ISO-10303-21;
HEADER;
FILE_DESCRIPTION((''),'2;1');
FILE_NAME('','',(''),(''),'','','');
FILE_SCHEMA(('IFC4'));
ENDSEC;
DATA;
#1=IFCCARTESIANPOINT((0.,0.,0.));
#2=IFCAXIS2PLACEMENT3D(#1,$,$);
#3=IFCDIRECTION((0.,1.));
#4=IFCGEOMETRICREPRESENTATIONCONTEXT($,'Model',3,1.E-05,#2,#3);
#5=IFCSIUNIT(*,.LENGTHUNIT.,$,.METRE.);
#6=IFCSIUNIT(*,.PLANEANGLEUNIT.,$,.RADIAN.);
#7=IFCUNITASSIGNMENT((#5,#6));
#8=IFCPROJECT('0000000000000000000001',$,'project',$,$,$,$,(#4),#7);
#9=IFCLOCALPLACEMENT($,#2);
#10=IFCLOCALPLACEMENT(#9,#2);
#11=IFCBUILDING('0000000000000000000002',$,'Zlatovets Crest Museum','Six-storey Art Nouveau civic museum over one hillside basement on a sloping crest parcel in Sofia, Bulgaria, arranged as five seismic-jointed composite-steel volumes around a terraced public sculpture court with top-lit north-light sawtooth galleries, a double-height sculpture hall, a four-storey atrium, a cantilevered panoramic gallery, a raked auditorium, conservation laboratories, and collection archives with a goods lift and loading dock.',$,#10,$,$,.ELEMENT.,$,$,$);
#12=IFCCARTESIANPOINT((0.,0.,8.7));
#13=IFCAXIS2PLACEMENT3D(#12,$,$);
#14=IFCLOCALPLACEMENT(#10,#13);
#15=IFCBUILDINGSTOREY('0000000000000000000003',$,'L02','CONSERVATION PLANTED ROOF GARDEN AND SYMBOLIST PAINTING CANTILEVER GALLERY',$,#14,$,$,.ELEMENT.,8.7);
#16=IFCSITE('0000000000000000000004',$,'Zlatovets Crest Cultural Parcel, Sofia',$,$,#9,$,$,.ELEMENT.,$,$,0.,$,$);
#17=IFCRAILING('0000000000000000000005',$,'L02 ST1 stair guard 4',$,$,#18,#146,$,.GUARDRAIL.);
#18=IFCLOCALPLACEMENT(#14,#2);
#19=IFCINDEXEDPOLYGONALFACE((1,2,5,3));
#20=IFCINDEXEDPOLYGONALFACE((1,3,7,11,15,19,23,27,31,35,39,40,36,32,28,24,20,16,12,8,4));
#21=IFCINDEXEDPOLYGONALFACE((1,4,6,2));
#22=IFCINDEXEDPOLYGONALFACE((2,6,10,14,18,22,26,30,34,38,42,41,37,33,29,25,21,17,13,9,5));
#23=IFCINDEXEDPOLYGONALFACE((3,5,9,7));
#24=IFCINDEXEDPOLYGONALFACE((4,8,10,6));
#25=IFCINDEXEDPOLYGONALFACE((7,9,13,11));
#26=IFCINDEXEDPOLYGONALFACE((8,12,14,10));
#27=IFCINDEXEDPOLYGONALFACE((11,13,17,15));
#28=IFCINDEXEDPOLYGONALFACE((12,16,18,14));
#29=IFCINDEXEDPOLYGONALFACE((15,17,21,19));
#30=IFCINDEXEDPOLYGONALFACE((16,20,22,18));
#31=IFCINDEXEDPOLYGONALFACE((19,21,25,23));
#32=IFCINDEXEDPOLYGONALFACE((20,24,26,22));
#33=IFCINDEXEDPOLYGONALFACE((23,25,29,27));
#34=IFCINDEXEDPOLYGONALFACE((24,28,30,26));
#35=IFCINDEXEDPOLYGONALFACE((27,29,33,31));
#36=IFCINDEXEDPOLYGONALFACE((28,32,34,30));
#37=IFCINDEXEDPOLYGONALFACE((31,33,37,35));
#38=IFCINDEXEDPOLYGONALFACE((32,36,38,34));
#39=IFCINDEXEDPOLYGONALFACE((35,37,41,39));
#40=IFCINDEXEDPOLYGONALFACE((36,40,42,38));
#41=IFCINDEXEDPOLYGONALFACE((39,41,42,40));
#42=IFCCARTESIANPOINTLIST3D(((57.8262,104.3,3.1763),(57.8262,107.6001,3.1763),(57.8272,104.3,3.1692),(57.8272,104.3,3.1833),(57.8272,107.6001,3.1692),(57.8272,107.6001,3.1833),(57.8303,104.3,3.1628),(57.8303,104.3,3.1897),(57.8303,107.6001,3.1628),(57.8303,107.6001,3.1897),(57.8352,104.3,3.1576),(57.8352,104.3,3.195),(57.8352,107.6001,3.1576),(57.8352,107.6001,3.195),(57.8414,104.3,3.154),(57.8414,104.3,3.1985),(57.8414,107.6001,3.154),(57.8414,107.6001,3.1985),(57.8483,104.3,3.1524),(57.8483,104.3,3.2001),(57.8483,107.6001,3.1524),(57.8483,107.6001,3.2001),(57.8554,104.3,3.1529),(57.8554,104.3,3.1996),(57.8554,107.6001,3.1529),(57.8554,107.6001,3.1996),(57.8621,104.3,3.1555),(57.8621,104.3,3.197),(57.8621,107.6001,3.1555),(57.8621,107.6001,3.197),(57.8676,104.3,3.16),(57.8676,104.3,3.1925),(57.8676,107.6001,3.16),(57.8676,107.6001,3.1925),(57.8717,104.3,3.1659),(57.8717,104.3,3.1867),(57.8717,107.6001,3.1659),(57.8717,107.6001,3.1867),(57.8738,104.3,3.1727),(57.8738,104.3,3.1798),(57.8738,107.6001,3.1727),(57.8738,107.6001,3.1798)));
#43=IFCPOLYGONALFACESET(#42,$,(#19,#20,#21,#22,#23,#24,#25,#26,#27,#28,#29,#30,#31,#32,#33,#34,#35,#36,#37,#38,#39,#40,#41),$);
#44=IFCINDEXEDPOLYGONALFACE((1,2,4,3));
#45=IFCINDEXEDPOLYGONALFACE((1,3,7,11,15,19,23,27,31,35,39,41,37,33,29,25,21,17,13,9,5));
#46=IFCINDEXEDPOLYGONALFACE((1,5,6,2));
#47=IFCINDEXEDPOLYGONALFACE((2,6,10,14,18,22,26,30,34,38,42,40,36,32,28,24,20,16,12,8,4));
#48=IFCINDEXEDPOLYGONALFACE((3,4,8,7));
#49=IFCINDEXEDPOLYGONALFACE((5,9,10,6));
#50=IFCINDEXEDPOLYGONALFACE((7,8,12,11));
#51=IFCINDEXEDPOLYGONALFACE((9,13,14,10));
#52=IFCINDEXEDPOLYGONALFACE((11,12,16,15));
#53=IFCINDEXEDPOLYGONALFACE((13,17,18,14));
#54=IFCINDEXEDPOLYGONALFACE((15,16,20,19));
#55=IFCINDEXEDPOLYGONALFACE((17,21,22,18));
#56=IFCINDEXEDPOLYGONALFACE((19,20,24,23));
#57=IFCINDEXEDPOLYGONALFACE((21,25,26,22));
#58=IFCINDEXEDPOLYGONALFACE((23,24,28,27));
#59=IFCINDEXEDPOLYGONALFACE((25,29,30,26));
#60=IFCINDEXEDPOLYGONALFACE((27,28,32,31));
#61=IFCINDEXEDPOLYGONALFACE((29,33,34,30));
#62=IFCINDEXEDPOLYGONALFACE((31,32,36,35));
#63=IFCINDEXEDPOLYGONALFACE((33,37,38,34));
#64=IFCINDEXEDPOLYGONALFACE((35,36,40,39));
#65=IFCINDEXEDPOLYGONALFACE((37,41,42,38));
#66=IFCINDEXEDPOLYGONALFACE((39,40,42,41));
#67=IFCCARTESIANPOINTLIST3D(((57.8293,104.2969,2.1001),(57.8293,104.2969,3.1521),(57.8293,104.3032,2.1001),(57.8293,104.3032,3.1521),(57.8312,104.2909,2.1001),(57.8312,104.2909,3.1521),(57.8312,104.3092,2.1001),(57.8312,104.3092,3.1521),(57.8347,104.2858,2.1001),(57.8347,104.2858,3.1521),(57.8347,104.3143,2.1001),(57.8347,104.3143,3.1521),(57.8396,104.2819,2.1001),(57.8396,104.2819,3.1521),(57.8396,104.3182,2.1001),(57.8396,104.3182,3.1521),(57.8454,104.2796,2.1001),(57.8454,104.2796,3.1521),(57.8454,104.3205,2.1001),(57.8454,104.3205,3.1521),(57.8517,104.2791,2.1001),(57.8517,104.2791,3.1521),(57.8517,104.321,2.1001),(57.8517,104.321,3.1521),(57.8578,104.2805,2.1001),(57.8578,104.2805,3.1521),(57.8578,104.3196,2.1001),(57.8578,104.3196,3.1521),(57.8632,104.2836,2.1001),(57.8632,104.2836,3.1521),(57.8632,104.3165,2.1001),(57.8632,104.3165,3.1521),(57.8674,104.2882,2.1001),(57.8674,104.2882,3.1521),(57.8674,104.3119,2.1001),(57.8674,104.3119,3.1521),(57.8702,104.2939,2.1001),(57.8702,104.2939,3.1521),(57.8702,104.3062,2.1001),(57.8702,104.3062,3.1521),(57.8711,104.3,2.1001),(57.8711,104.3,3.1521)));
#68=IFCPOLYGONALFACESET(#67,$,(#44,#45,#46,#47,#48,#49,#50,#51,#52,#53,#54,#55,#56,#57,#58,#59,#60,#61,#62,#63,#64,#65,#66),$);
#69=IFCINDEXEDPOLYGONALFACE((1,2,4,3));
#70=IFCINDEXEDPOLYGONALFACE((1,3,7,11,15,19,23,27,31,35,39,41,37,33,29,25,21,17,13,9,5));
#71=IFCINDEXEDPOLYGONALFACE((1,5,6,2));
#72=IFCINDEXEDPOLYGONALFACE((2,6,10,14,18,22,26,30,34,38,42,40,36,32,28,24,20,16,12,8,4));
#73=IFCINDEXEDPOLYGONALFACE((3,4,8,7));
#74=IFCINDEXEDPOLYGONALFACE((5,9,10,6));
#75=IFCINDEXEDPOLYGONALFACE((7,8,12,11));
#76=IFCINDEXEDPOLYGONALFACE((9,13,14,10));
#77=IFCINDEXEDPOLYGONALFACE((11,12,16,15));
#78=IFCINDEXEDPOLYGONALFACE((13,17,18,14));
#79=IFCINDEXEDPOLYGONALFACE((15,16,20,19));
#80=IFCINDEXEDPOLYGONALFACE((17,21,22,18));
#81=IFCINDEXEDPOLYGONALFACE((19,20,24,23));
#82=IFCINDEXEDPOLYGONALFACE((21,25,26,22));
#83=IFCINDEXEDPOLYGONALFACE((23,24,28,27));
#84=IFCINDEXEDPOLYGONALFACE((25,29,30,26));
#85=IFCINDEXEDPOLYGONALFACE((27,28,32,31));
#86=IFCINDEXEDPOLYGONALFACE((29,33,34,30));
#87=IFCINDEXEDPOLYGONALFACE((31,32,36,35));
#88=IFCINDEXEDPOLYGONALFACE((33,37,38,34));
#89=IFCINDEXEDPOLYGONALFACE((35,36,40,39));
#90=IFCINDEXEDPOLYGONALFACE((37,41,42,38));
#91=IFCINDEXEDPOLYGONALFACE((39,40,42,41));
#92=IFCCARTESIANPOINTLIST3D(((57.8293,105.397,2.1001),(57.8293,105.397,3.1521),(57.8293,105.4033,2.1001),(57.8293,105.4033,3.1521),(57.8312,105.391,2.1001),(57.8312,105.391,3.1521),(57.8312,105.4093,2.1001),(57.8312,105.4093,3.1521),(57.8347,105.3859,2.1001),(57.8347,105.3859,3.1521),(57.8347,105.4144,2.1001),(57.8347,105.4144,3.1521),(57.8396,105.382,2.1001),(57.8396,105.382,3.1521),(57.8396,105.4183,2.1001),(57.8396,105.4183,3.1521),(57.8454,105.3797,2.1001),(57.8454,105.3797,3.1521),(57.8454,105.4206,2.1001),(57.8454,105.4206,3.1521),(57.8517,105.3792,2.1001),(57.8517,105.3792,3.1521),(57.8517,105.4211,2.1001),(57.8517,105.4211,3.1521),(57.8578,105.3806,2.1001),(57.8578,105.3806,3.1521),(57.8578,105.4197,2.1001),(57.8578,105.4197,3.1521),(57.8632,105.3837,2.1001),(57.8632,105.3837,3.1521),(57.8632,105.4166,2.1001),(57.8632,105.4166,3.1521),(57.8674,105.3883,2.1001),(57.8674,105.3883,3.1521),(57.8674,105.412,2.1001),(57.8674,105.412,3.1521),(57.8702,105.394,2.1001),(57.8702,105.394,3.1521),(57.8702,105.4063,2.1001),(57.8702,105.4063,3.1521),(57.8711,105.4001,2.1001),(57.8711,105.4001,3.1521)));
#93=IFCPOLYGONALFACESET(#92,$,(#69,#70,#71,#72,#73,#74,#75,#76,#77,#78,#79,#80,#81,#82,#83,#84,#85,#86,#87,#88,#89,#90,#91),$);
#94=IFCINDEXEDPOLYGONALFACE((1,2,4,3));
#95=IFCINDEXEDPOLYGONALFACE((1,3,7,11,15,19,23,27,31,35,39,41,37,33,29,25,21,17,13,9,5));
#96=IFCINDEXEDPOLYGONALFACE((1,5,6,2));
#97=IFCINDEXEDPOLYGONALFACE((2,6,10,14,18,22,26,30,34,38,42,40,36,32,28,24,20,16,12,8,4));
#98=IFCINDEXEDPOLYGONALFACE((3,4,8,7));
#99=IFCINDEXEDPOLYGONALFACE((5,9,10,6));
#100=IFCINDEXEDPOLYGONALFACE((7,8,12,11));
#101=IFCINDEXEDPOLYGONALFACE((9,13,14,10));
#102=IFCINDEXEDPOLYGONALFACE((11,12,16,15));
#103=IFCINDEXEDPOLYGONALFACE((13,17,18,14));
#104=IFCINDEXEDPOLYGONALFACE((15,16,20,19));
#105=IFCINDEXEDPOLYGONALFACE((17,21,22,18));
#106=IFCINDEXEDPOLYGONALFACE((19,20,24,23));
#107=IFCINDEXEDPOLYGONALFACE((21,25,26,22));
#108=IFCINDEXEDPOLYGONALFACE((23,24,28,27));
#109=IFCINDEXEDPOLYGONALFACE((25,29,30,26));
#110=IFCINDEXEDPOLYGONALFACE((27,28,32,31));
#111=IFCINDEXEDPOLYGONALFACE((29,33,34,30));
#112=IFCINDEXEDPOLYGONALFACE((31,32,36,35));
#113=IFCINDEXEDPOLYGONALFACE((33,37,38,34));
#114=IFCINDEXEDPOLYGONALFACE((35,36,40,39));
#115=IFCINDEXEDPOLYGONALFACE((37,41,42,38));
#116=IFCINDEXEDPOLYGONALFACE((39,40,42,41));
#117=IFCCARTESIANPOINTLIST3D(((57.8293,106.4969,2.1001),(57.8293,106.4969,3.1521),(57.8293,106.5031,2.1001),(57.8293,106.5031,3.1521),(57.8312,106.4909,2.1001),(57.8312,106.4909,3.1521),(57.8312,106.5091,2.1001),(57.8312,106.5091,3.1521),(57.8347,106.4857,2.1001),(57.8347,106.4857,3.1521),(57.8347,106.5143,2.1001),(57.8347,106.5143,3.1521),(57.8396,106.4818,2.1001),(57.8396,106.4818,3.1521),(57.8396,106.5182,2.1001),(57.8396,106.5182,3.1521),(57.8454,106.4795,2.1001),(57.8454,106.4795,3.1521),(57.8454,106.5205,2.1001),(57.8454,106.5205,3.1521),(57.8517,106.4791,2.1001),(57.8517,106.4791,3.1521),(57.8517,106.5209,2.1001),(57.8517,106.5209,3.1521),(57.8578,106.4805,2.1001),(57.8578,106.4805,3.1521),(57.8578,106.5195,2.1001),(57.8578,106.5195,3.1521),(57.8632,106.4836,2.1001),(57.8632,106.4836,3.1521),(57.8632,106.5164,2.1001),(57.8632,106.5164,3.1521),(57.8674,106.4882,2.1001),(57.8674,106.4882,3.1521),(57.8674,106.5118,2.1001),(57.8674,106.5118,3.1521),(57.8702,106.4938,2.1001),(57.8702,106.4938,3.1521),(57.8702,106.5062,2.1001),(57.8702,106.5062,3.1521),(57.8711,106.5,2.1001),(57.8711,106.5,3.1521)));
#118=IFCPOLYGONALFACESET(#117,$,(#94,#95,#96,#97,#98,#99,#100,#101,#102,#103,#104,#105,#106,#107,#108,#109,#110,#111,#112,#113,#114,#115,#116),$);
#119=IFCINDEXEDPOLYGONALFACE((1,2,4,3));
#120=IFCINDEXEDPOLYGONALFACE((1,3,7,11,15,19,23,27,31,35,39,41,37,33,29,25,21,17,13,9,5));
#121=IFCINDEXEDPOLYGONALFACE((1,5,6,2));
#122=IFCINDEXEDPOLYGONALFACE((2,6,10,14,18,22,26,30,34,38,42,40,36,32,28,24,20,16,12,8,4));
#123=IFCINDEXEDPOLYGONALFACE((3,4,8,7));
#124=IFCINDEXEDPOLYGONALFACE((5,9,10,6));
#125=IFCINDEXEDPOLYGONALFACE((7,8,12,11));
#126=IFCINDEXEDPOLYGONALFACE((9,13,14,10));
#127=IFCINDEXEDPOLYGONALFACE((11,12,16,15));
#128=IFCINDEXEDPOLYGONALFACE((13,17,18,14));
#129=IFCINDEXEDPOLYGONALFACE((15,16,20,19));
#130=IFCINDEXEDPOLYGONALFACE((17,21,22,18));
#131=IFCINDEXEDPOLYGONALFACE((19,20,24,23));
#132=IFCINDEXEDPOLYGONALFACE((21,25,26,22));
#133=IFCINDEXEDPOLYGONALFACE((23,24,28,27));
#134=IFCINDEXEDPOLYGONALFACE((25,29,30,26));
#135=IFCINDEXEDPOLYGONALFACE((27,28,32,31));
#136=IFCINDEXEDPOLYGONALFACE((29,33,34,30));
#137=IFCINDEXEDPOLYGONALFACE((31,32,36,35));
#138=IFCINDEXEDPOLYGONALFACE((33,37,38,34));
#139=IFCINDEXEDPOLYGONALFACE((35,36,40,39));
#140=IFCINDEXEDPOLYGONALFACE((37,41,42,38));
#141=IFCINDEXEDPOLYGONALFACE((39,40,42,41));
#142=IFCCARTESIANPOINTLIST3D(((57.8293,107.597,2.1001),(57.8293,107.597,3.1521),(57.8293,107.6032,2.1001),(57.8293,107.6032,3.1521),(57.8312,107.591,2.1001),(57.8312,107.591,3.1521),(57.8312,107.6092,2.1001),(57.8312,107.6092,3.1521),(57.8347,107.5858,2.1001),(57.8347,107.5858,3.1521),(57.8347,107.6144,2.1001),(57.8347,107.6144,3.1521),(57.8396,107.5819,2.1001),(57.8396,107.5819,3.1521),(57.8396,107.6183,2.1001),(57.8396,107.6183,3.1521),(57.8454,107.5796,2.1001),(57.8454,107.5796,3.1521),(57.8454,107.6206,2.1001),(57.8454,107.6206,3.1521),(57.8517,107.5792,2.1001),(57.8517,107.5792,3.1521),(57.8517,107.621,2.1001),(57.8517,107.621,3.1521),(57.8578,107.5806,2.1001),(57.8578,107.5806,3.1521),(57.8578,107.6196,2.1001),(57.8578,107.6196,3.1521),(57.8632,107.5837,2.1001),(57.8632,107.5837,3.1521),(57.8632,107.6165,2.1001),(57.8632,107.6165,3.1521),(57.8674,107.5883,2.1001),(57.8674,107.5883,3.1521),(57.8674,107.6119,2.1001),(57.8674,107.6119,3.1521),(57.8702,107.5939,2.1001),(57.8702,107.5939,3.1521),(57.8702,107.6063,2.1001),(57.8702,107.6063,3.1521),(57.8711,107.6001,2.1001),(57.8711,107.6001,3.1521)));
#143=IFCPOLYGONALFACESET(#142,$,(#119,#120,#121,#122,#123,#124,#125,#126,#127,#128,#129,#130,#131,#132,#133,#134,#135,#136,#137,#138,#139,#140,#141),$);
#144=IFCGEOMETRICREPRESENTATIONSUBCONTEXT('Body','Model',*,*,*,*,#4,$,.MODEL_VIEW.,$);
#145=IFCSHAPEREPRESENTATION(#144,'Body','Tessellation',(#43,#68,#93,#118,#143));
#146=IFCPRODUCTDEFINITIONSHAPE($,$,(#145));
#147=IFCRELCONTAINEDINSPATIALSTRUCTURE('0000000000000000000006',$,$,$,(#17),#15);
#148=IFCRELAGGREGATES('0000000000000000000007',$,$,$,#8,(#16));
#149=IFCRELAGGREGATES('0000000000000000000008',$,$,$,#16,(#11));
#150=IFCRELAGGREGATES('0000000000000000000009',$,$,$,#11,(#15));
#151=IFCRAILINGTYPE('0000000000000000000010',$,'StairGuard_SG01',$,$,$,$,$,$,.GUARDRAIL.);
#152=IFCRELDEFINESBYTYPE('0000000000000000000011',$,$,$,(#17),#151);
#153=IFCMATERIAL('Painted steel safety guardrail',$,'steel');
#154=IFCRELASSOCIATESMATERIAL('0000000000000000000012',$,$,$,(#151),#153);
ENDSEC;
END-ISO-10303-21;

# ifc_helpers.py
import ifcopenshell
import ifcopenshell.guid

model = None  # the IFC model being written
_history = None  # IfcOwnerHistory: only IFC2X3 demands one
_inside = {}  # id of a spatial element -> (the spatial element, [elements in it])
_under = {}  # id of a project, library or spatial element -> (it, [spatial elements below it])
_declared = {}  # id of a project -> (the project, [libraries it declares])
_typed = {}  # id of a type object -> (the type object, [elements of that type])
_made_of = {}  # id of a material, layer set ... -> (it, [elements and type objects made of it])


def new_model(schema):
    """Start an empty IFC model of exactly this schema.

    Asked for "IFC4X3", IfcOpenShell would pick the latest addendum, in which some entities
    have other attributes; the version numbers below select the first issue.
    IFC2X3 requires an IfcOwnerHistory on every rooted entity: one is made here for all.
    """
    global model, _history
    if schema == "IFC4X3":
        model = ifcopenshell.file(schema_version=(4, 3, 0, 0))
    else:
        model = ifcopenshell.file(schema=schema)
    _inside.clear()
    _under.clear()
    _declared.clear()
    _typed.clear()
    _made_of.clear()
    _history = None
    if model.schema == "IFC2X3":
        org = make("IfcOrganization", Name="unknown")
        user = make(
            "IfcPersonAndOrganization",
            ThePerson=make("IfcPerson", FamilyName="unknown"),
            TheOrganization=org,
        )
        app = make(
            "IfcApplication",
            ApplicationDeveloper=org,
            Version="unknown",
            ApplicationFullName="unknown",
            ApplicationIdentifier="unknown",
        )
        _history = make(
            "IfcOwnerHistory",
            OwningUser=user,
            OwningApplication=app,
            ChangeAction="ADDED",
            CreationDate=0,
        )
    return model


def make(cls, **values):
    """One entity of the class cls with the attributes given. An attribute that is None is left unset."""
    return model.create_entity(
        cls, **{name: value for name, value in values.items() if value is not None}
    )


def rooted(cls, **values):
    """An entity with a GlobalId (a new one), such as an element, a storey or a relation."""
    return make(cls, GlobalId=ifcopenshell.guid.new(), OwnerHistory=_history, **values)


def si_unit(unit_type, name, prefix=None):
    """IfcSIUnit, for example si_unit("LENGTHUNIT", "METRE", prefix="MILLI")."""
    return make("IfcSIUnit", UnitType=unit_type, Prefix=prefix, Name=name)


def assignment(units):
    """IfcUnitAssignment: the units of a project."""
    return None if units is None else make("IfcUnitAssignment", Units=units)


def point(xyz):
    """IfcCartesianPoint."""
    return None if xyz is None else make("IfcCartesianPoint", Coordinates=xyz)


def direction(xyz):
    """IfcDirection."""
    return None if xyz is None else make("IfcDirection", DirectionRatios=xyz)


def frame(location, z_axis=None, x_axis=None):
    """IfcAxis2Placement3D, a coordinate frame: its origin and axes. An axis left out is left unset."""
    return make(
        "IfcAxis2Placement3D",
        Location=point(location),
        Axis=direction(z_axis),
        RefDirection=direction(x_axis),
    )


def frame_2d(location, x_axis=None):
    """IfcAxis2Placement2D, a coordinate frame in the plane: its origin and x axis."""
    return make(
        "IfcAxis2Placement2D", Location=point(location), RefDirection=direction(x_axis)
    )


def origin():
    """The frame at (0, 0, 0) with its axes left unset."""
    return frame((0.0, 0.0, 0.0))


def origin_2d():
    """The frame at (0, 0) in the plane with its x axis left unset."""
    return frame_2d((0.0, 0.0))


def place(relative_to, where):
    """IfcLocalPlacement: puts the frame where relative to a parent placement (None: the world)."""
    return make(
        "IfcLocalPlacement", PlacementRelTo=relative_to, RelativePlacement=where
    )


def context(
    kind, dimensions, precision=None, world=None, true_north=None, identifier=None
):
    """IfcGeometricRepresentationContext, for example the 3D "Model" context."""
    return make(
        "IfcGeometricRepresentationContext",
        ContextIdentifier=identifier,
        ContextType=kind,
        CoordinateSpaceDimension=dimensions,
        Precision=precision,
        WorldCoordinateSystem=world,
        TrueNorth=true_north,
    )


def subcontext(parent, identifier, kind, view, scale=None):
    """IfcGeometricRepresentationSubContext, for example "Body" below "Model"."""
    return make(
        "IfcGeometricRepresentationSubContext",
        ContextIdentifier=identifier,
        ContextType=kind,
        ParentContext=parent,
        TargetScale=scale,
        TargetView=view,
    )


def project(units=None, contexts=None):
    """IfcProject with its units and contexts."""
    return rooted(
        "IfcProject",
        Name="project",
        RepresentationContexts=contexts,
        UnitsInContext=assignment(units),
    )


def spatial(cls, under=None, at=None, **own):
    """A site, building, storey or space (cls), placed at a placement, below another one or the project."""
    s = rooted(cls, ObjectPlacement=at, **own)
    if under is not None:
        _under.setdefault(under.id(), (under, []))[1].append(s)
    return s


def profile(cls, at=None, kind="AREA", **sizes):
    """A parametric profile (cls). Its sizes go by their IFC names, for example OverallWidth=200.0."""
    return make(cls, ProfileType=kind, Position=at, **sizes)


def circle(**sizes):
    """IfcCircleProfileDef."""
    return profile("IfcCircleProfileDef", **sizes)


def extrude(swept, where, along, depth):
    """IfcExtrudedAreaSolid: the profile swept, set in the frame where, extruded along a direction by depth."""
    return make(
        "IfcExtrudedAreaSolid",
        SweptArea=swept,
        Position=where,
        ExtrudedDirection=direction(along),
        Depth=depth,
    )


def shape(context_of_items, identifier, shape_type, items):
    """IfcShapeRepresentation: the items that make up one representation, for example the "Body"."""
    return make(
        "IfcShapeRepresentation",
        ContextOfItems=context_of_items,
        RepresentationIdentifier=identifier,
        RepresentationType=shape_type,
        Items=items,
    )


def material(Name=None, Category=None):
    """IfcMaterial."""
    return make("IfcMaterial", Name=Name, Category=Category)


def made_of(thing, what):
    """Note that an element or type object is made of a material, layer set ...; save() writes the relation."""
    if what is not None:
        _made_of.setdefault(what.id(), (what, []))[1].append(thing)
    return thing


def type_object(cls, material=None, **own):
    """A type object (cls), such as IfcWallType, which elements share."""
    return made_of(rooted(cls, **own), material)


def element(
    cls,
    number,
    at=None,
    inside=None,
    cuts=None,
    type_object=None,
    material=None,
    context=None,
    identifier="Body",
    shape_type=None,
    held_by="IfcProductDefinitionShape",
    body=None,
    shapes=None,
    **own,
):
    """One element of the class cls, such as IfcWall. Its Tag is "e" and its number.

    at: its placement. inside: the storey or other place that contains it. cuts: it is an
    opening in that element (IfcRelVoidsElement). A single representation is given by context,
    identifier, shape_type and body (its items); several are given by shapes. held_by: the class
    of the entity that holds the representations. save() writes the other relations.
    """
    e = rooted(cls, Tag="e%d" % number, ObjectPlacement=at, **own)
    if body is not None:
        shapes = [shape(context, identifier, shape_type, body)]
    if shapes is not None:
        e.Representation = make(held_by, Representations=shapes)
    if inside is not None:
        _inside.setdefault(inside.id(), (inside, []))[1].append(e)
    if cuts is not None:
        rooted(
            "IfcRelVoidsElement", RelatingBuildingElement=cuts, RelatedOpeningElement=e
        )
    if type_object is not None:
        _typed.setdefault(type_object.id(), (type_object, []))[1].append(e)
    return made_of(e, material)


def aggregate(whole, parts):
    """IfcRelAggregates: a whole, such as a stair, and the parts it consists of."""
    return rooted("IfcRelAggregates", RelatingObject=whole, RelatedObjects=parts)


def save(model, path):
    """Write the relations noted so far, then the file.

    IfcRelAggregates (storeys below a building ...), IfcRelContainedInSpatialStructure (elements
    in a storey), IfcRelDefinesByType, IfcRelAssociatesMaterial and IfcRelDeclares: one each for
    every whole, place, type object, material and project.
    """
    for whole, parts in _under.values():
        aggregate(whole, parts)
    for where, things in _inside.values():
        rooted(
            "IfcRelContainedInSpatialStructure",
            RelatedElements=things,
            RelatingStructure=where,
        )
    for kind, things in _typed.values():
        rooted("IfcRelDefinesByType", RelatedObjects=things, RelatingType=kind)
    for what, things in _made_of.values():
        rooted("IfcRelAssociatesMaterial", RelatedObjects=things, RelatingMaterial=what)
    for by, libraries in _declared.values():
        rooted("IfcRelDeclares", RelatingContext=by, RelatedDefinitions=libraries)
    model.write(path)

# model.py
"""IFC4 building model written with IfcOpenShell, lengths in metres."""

from ifc_helpers import new_model, si_unit, direction, frame, origin, origin_2d, place, context, subcontext, project, spatial, circle, extrude, material, type_object, element, save


model = new_model("IFC4")

# Units and contexts
model_context = context("Model", 3, precision=1e-05, world=origin(), true_north=direction((0.0, 1.0)))
body_context = subcontext(model_context, "Body", "Model", "MODEL_VIEW")
ifc_project = project(units=[si_unit("LENGTHUNIT", "METRE"), si_unit("PLANEANGLEUNIT", "RADIAN")], contexts=[model_context])

# Site, building, storey
site_placement = place(None, origin())
site = spatial("IfcSite", under=ifc_project, at=site_placement, Name="Zlatovets Crest Cultural Parcel, Sofia", CompositionType="ELEMENT", RefElevation=0.0)
building_placement = place(site_placement, origin())
building = spatial("IfcBuilding", under=site, at=building_placement, Name="Zlatovets Crest Museum", Description="Six-storey Art Nouveau civic museum over one hillside basement on a sloping crest parcel in Sofia, Bulgaria, arranged as five seismic-jointed composite-steel volumes around a terraced public sculpture court with top-lit north-light sawtooth galleries, a double-height sculpture hall, a four-storey atrium, a cantilevered panoramic gallery, a raked auditorium, conservation laboratories, and collection archives with a goods lift and loading dock.", CompositionType="ELEMENT")
storey_placement = place(building_placement, frame((0.0, 0.0, 8.7)))
storey = spatial("IfcBuildingStorey", under=building, at=storey_placement, Name="L02", Description="CONSERVATION PLANTED ROOF GARDEN AND SYMBOLIST PAINTING CANTILEVER GALLERY", CompositionType="ELEMENT", Elevation=8.7)

# Railing
ifc_material_1 = material(Name="Painted steel safety guardrail", Category="steel")
railing_type_1 = type_object("IfcRailingType", Name="StairGuard_SG01", PredefinedType="GUARDRAIL", material=ifc_material_1)
for number, where, name in (
    (1, (57.8501, 104.3, 2.1001), "L02 ST1 stair guard 4"),
):
    element("IfcRailing", number, at=place(storey_placement, frame(where)), inside=storey, type_object=railing_type_1, Name=name, PredefinedType="GUARDRAIL", context=body_context, shape_type="SweptSolid", body=[
        extrude(circle(Radius=0.0239, at=origin_2d()), frame((0.0, 0.0, 1.0762), z_axis=(0.0, 1.0, 0.0), x_axis=(-1.0, 0.0, 0.0)), (0.0, 0.0, 1.0), 3.3),
        extrude(circle(Radius=0.021, at=origin_2d()), origin(), (0.0, 0.0, 1.0), 1.052),
        extrude(circle(Radius=0.021, at=origin_2d()), frame((0.0, 1.1001, 0.0)), (0.0, 0.0, 1.0), 1.052),
        extrude(circle(Radius=0.021, at=origin_2d()), frame((0.0, 2.2, 0.0)), (0.0, 0.0, 1.0), 1.052),
        extrude(circle(Radius=0.021, at=origin_2d()), frame((0.0, 3.3, 0.0)), (0.0, 0.0, 1.0), 1.052),
    ])

save(model, "model.ifc")
